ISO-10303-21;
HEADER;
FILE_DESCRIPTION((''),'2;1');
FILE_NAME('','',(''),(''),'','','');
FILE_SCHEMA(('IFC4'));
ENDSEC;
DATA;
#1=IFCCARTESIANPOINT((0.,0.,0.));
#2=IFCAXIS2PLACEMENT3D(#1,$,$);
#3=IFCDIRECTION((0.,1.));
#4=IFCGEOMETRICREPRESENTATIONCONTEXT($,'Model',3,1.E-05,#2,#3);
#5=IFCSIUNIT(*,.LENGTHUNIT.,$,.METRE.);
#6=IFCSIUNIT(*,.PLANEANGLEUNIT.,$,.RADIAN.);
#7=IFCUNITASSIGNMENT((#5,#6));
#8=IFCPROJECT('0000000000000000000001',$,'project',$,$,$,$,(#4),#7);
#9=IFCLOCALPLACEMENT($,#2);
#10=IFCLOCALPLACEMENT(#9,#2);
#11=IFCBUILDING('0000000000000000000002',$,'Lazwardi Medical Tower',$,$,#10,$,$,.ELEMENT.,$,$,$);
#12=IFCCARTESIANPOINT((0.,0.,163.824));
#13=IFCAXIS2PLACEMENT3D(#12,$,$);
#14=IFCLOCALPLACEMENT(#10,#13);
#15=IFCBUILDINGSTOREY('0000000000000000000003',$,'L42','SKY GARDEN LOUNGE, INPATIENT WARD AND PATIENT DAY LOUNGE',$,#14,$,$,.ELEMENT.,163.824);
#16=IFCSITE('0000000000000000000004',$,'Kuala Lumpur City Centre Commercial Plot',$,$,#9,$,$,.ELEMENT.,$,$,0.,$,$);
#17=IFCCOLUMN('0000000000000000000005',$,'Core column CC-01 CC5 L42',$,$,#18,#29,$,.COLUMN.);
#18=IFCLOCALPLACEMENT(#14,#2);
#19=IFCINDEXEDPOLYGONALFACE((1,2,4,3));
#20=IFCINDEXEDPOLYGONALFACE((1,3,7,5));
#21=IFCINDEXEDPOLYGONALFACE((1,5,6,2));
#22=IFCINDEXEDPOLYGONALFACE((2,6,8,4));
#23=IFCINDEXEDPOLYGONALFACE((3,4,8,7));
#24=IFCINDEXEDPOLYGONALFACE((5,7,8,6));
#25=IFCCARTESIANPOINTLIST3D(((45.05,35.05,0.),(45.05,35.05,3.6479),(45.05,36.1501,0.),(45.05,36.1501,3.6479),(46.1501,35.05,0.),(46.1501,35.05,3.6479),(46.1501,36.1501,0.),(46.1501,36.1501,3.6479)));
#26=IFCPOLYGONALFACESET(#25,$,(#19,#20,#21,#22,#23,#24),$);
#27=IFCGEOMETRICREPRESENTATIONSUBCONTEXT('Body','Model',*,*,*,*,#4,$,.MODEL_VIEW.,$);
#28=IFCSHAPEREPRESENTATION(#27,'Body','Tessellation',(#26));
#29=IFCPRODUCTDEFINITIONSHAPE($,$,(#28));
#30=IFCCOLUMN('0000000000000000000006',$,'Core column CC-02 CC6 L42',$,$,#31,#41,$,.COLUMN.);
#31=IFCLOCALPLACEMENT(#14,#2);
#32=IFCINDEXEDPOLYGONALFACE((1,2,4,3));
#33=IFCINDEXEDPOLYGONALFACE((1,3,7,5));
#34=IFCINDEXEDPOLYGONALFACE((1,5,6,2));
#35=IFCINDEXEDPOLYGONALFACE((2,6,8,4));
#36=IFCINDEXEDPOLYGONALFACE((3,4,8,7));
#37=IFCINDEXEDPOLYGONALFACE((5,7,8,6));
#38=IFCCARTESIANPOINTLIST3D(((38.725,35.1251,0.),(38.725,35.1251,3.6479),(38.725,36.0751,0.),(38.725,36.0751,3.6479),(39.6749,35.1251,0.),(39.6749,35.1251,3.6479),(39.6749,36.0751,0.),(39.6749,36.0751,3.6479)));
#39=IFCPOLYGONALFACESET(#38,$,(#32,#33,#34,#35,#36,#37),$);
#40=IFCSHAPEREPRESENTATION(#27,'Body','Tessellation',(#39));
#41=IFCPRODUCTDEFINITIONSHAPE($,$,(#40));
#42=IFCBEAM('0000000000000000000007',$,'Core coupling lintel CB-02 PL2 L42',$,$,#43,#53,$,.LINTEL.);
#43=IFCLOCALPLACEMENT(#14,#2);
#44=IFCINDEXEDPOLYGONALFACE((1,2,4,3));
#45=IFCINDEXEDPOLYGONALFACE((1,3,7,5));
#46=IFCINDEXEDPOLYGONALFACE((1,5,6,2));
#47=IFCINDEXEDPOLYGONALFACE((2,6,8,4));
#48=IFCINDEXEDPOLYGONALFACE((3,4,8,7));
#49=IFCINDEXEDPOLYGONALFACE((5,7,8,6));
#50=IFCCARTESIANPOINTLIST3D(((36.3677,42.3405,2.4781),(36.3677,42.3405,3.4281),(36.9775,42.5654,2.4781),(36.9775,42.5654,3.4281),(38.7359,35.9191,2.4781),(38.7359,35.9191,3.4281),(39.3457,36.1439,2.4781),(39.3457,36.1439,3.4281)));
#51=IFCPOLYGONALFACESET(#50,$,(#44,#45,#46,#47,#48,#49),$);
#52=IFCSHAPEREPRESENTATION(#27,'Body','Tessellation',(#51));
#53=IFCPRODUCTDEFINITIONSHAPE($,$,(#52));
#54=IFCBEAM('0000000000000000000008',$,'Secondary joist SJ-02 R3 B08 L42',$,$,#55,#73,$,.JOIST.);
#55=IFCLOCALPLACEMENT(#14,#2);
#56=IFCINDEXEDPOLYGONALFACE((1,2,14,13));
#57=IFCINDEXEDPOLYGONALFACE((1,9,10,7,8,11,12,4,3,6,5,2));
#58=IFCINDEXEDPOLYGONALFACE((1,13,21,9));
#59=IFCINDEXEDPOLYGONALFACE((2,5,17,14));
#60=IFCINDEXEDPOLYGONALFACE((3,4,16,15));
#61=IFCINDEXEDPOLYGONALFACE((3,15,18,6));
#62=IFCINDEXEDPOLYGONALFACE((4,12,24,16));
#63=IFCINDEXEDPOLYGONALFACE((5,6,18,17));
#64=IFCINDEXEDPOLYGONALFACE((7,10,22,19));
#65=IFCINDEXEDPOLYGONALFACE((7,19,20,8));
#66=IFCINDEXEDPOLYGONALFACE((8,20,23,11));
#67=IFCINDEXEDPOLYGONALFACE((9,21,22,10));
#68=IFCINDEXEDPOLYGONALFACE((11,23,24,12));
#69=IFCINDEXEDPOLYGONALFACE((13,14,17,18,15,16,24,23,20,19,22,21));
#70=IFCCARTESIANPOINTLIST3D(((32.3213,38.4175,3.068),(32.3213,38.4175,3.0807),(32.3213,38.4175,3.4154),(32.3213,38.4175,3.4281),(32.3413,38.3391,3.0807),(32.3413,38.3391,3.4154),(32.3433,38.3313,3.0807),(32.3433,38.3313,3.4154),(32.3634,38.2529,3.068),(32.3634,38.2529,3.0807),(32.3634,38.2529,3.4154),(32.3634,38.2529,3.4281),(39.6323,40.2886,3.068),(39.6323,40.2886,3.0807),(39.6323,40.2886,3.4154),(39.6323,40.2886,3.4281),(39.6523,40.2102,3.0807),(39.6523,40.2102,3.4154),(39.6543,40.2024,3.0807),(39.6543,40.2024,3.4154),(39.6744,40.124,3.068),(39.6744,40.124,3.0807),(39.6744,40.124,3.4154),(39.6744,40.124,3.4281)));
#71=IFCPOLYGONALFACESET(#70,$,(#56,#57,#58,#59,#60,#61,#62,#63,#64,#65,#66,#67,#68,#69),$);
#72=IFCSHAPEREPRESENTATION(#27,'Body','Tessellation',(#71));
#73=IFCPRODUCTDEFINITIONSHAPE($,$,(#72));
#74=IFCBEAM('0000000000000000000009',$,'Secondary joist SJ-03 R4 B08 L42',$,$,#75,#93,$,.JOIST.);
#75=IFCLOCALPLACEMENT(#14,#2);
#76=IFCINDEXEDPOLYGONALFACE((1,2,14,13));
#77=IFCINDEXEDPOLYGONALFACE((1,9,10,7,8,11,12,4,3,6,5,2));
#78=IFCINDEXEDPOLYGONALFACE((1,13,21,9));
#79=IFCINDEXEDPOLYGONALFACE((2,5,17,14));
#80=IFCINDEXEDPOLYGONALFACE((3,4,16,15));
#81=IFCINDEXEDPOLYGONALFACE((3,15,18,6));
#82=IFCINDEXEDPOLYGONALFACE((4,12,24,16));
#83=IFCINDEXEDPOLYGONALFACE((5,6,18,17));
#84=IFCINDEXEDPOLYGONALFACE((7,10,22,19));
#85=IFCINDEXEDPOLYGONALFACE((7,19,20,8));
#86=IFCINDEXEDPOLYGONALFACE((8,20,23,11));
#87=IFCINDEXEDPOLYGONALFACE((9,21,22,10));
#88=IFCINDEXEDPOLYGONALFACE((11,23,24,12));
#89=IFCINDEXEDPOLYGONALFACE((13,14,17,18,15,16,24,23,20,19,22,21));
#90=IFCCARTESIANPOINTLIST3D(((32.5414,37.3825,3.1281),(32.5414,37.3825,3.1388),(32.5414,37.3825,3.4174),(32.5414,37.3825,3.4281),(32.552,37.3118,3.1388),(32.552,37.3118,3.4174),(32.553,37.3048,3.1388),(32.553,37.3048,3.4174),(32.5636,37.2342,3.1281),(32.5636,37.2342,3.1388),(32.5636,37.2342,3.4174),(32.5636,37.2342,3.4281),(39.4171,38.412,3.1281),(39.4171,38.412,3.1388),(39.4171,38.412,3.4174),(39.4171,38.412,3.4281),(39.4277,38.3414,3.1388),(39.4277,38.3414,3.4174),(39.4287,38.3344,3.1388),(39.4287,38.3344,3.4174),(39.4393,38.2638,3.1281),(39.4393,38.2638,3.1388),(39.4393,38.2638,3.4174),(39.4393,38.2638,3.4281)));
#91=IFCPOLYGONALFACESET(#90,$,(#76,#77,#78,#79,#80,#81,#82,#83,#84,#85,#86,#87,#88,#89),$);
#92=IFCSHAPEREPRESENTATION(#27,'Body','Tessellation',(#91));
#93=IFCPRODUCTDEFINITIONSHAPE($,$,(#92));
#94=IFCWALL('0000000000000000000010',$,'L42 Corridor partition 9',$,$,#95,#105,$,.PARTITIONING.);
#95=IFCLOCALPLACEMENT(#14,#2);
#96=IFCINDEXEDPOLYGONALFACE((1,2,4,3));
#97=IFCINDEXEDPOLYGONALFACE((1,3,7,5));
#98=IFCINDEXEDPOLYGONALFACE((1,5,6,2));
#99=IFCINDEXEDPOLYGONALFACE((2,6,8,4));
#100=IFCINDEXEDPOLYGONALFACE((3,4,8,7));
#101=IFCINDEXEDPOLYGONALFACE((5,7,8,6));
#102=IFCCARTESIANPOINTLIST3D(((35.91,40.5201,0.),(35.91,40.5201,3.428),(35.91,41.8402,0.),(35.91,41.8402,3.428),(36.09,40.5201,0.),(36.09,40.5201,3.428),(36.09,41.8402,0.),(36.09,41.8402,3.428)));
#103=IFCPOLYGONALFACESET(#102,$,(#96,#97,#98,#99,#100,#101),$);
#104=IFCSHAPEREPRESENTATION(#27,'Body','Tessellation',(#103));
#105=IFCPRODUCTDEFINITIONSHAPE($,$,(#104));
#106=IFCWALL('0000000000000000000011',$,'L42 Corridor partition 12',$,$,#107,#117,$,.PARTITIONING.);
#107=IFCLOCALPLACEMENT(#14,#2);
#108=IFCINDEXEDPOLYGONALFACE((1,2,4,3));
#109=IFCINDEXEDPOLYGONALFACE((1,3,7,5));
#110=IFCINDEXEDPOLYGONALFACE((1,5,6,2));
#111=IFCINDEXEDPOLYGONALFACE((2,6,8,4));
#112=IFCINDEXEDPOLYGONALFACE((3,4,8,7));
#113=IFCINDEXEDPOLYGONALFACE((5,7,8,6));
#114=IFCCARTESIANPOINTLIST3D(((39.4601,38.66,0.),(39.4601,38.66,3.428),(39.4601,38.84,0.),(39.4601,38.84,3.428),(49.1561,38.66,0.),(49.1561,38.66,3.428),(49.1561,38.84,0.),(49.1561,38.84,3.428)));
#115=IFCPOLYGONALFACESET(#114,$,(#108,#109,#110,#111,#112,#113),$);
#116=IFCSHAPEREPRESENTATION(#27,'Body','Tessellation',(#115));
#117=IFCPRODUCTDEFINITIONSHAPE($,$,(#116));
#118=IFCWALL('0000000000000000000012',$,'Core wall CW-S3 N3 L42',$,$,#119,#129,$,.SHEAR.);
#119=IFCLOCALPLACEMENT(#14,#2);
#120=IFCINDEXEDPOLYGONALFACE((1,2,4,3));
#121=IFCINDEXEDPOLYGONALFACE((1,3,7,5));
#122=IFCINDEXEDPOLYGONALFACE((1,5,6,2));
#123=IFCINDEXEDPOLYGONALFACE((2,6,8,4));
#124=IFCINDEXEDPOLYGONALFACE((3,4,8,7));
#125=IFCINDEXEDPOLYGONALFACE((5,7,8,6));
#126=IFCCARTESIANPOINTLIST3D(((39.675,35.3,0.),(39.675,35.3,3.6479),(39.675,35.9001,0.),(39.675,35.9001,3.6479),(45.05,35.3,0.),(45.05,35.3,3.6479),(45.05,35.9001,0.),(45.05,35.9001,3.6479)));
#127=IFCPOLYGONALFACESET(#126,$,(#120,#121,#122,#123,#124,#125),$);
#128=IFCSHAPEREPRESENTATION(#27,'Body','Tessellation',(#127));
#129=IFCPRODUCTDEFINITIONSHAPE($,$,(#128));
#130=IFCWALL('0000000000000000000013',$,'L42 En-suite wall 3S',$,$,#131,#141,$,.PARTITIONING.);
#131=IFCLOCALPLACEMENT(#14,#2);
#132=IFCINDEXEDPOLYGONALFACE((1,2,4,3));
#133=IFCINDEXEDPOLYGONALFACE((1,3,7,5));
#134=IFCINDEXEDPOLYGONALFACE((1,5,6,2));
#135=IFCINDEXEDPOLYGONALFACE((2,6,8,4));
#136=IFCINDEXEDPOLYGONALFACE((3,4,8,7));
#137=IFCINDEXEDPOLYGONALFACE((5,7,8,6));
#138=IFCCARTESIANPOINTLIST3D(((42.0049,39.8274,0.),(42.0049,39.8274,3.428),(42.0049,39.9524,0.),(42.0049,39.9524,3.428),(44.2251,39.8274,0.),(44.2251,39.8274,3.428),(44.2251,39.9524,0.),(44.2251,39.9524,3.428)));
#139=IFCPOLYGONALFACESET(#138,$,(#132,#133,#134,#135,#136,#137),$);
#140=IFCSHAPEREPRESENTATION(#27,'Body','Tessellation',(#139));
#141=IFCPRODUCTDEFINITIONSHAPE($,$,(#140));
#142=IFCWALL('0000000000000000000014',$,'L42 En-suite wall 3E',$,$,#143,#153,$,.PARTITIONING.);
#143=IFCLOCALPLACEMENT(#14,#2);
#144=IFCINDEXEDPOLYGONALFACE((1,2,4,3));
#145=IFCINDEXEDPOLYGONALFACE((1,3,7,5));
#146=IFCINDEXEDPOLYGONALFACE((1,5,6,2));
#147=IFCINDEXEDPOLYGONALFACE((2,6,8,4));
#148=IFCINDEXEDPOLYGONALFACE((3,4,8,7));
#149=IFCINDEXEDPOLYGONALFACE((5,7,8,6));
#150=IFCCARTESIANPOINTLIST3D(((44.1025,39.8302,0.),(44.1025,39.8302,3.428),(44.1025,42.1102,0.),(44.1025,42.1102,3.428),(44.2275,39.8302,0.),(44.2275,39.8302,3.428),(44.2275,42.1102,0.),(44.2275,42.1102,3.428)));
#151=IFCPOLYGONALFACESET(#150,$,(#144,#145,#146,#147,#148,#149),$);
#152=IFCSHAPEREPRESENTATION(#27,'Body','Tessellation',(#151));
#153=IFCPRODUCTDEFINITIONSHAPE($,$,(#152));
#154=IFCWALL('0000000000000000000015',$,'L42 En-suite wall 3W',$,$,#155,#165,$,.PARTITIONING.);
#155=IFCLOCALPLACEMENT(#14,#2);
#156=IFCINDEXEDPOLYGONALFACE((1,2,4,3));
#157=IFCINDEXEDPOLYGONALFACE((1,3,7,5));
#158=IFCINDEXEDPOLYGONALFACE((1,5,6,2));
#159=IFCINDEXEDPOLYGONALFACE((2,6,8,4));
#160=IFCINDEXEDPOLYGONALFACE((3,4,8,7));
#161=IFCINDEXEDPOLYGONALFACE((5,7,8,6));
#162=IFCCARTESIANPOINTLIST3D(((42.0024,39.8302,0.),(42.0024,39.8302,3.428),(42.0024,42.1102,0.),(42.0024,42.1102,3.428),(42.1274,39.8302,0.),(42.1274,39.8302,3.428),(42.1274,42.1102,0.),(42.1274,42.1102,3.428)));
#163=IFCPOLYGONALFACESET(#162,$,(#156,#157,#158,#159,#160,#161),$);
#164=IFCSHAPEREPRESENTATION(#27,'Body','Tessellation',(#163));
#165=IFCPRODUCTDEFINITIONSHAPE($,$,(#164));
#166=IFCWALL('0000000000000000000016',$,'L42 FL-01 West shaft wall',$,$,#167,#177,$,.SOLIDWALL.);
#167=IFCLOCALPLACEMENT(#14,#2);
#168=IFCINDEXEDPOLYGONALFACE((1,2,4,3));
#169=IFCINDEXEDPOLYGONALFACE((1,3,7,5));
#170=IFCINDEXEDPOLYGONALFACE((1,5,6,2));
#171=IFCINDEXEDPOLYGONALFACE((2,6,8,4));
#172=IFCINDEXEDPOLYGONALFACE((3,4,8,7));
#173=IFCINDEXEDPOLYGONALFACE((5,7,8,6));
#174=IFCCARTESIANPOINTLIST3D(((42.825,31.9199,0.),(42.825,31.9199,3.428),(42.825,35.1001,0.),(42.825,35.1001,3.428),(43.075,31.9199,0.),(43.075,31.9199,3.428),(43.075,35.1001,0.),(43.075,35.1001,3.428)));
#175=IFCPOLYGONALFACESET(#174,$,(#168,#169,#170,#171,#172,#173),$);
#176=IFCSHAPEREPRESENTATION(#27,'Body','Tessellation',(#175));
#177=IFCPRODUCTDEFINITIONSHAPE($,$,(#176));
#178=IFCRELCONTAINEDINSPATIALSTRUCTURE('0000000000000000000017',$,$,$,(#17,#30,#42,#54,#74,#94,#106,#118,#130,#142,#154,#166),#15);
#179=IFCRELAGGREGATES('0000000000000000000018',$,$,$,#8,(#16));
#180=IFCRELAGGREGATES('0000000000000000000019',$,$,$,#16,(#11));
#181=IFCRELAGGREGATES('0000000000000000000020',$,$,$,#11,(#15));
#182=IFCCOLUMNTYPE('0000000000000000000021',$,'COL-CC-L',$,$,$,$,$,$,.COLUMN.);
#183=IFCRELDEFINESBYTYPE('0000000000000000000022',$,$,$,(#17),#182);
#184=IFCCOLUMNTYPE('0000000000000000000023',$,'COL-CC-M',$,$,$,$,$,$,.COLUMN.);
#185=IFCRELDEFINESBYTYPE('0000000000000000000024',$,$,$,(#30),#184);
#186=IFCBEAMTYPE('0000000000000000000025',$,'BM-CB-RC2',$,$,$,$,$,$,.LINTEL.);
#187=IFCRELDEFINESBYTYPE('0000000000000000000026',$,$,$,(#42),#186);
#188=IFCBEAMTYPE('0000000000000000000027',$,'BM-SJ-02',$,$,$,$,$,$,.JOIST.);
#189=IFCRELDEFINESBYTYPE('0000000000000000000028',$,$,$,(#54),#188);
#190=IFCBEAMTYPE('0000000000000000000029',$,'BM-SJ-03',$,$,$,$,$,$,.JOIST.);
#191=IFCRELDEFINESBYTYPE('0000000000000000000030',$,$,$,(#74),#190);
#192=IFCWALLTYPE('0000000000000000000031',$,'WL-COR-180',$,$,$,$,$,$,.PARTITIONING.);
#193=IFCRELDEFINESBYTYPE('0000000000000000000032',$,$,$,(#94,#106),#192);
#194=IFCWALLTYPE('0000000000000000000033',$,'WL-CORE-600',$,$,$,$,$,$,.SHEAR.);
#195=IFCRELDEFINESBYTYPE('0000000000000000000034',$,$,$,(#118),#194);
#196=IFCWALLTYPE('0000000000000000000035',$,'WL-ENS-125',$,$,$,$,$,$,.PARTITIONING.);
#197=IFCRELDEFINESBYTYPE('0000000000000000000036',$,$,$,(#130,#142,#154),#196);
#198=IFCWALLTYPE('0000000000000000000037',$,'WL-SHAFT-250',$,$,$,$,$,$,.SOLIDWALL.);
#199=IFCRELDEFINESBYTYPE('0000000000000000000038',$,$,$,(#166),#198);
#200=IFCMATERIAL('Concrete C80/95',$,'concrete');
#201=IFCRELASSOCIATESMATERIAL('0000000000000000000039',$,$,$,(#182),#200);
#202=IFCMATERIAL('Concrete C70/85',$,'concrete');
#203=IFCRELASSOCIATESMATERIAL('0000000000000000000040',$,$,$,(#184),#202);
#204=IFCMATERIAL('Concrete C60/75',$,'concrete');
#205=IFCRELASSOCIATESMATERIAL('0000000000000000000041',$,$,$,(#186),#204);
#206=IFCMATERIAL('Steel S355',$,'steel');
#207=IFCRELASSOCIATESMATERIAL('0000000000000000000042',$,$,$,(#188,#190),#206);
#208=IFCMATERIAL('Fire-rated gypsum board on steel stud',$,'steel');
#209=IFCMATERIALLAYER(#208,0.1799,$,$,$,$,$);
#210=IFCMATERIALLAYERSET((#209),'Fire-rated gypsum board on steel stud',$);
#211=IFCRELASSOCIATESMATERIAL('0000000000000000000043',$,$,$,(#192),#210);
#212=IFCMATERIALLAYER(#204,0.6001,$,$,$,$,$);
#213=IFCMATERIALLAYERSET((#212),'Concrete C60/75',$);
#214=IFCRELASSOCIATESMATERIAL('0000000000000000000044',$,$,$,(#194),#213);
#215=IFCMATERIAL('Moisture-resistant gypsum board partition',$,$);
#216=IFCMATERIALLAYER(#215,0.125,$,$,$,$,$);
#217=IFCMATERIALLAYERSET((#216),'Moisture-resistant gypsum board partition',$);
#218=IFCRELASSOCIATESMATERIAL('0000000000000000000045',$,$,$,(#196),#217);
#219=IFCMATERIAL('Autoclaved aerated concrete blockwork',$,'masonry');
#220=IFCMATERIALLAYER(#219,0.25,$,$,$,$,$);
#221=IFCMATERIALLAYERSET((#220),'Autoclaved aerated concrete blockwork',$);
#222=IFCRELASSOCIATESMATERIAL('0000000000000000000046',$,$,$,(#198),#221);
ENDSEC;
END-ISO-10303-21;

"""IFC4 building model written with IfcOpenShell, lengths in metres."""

from ifc_helpers import new_model, si_unit, direction, frame, frame_2d, origin, origin_2d, place, context, subcontext, project, spatial, rectangle, i_section, extrude, material, layer, layer_set, material_profile, profile_set, type_object, element, save


model = new_model("IFC4")

# Units and contexts
model_context = context("Model", 3, precision=1e-05, world=origin(), true_north=direction((0.0, 1.0)))
body_context = subcontext(model_context, "Body", "Model", "MODEL_VIEW")
ifc_project = project(units=[si_unit("LENGTHUNIT", "METRE"), si_unit("PLANEANGLEUNIT", "RADIAN")], contexts=[model_context])

# Site, building, storey
site_placement = place(None, origin())
site = spatial("IfcSite", under=ifc_project, at=site_placement, Name="Kuala Lumpur City Centre Commercial Plot", CompositionType="ELEMENT", RefElevation=0.0)
building_placement = place(site_placement, origin())
building = spatial("IfcBuilding", under=site, at=building_placement, Name="Lazwardi Medical Tower", CompositionType="ELEMENT")
storey_placement = place(building_placement, frame((0.0, 0.0, 163.824)))
storey = spatial("IfcBuildingStorey", under=building, at=storey_placement, Name="L42", Description="SKY GARDEN LOUNGE, INPATIENT WARD AND PATIENT DAY LOUNGE", CompositionType="ELEMENT", Elevation=163.824)

# Columns
ifc_material_1 = material(Name="Concrete C80/95", Category="concrete")
ifc_material_profile_1 = material_profile(ifc_material_1, rectangle(XDim=1.1001, YDim=1.1001, at=origin_2d()), Name="RC 1100x1100")
ifc_profile_set_1 = profile_set([ifc_material_profile_1], Name="Concrete C80/95")
column_type_1 = type_object("IfcColumnType", Name="COL-CC-L", PredefinedType="COLUMN", material=ifc_profile_set_1)
column_1_placement = place(storey_placement, frame((45.6001, 35.6001, 0.0), z_axis=(0.0, 0.0, 1.0), x_axis=(1.0, 0.0, 0.0)))
element("IfcColumn", 1, at=column_1_placement, inside=storey, type_object=column_type_1, Name="Core column CC-01 CC5 L42", PredefinedType="COLUMN", context=body_context, shape_type="SweptSolid", body=[
    extrude(rectangle(XDim=1.1001, YDim=1.1001, at=origin_2d()), origin(), (0.0, 0.0, 1.0), 3.6479),
])
ifc_material_2 = material(Name="Concrete C70/85", Category="concrete")
ifc_material_profile_2 = material_profile(ifc_material_2, rectangle(XDim=0.95, YDim=0.95, at=origin_2d()), Name="RC 950x950")
ifc_profile_set_2 = profile_set([ifc_material_profile_2], Name="Concrete C70/85")
column_type_2 = type_object("IfcColumnType", Name="COL-CC-M", PredefinedType="COLUMN", material=ifc_profile_set_2)
column_2_placement = place(storey_placement, frame((39.2, 35.6001, 0.0), z_axis=(0.0, 0.0, 1.0), x_axis=(1.0, 0.0, 0.0)))
element("IfcColumn", 2, at=column_2_placement, inside=storey, type_object=column_type_2, Name="Core column CC-02 CC6 L42", PredefinedType="COLUMN", context=body_context, shape_type="SweptSolid", body=[
    extrude(rectangle(XDim=0.95, YDim=0.95, at=origin_2d()), origin(), (0.0, 0.0, 1.0), 3.6479),
])

# Beams
ifc_material_3 = material(Name="Concrete C60/75", Category="concrete")
ifc_material_profile_3 = material_profile(ifc_material_3, rectangle(XDim=0.6499, YDim=0.95, at=origin_2d()), Name="RC 650x950")
ifc_profile_set_3 = profile_set([ifc_material_profile_3], Name="Concrete C60/75")
beam_type_1 = type_object("IfcBeamType", Name="BM-CB-RC2", PredefinedType="LINTEL", material=ifc_profile_set_3)
beam_1_placement = place(storey_placement, frame((39.0408, 36.0315, 2.9531), z_axis=(-0.346013, 0.93823, 0.0), x_axis=(-0.93823, -0.346013, 0.0)))
element("IfcBeam", 3, at=beam_1_placement, inside=storey, type_object=beam_type_1, Name="Core coupling lintel CB-02 PL2 L42", PredefinedType="LINTEL", context=body_context, shape_type="SweptSolid", body=[
    extrude(rectangle(XDim=0.6499, YDim=0.95, at=origin_2d()), origin(), (0.0, 0.0, 1.0), 6.8442),
])
ifc_material_4 = material(Name="Steel S355", Category="steel")
ifc_material_profile_4 = material_profile(ifc_material_4, i_section(OverallWidth=0.1699, OverallDepth=0.3601, WebThickness=0.0081, FlangeThickness=0.0127, at=origin_2d()), Name="IPE 360")
ifc_profile_set_4 = profile_set([ifc_material_profile_4], Name="Steel S355")
beam_type_2 = type_object("IfcBeamType", Name="BM-SJ-02", PredefinedType="JOIST", material=ifc_profile_set_4)
beam_2_placement = place(storey_placement, frame((39.6533, 40.2063, 3.248), z_axis=(-0.968776, -0.247936, 0.0), x_axis=(0.247936, -0.968776, 0.0)))
element("IfcBeam", 4, at=beam_2_placement, inside=storey, type_object=beam_type_2, Name="Secondary joist SJ-02 R3 B08 L42", PredefinedType="JOIST", context=body_context, shape_type="SweptSolid", body=[
    extrude(i_section(OverallWidth=0.1699, OverallDepth=0.3601, WebThickness=0.0081, FlangeThickness=0.0127, at=origin_2d()), origin(), (0.0, 0.0, 1.0), 7.5466),
])
ifc_material_profile_5 = material_profile(ifc_material_4, i_section(OverallWidth=0.1499, OverallDepth=0.3, WebThickness=0.0071, FlangeThickness=0.0107, at=origin_2d()), Name="IPE 300")
ifc_profile_set_5 = profile_set([ifc_material_profile_5], Name="Steel S355")
beam_type_3 = type_object("IfcBeamType", Name="BM-SJ-03", PredefinedType="JOIST", material=ifc_profile_set_5)
beam_3_placement = place(storey_placement, frame((39.4282, 38.3379, 3.2781), z_axis=(-0.988975, -0.148085, 0.0), x_axis=(0.148085, -0.988975, 0.0)))
element("IfcBeam", 5, at=beam_3_placement, inside=storey, type_object=beam_type_3, Name="Secondary joist SJ-03 R4 B08 L42", PredefinedType="JOIST", context=body_context, shape_type="SweptSolid", body=[
    extrude(i_section(OverallWidth=0.1499, OverallDepth=0.3, WebThickness=0.0071, FlangeThickness=0.0107, at=origin_2d()), origin(), (0.0, 0.0, 1.0), 6.9524),
])

# Walls
ifc_material_5 = material(Name="Fire-rated gypsum board on steel stud", Category="steel")
ifc_layer_1 = layer(ifc_material_5, 0.1799)
ifc_layer_set_1 = layer_set([ifc_layer_1], Name="Fire-rated gypsum board on steel stud")
wall_type_1 = type_object("IfcWallType", Name="WL-COR-180", PredefinedType="PARTITIONING", material=ifc_layer_set_1)
wall_1_placement = place(storey_placement, frame((36.0, 40.52, 0.0), z_axis=(0.0, 0.0, 1.0), x_axis=(0.0, 1.0, 0.0)))
element("IfcWall", 6, at=wall_1_placement, inside=storey, type_object=wall_type_1, Name="L42 Corridor partition 9", PredefinedType="PARTITIONING", context=body_context, shape_type="SweptSolid", body=[
    extrude(rectangle(XDim=1.3201, YDim=0.1799, at=frame_2d((0.6602, 0.0))), origin(), (0.0, 0.0, 1.0), 3.428),
])
wall_2_placement = place(storey_placement, frame((39.46, 38.75, 0.0), z_axis=(0.0, 0.0, 1.0), x_axis=(1.0, 0.0, 0.0)))
element("IfcWall", 7, at=wall_2_placement, inside=storey, type_object=wall_type_1, Name="L42 Corridor partition 12", PredefinedType="PARTITIONING", context=body_context, shape_type="SweptSolid", body=[
    extrude(rectangle(XDim=9.696, YDim=0.1799, at=frame_2d((4.8481, 0.0))), origin(), (0.0, 0.0, 1.0), 3.428),
])
ifc_layer_2 = layer(ifc_material_3, 0.6001)
ifc_layer_set_2 = layer_set([ifc_layer_2], Name="Concrete C60/75")
wall_type_2 = type_object("IfcWallType", Name="WL-CORE-600", PredefinedType="SHEAR", material=ifc_layer_set_2)
wall_3_placement = place(storey_placement, frame((39.675, 35.6001, 0.0), z_axis=(0.0, 0.0, 1.0), x_axis=(1.0, 0.0, 0.0)))
element("IfcWall", 8, at=wall_3_placement, inside=storey, type_object=wall_type_2, Name="Core wall CW-S3 N3 L42", PredefinedType="SHEAR", context=body_context, shape_type="SweptSolid", body=[
    extrude(rectangle(XDim=5.375, YDim=0.6001, at=frame_2d((2.6875, 0.0))), origin(), (0.0, 0.0, 1.0), 3.6479),
])
ifc_material_6 = material(Name="Moisture-resistant gypsum board partition")
ifc_layer_3 = layer(ifc_material_6, 0.125)
ifc_layer_set_3 = layer_set([ifc_layer_3], Name="Moisture-resistant gypsum board partition")
wall_type_3 = type_object("IfcWallType", Name="WL-ENS-125", PredefinedType="PARTITIONING", material=ifc_layer_set_3)
wall_4_placement = place(storey_placement, frame((42.0049, 39.8899, 0.0), z_axis=(0.0, 0.0, 1.0), x_axis=(1.0, 0.0, 0.0)))
element("IfcWall", 9, at=wall_4_placement, inside=storey, type_object=wall_type_3, Name="L42 En-suite wall 3S", PredefinedType="PARTITIONING", context=body_context, shape_type="SweptSolid", body=[
    extrude(rectangle(XDim=2.2202, YDim=0.125, at=frame_2d((1.1101, 0.0))), origin(), (0.0, 0.0, 1.0), 3.428),
])
for number, where, z_axis, x_axis, name in (
    (10, (44.165, 39.8301, 0.0), (0.0, 0.0, 1.0), (0.0, 1.0, 0.0), "L42 En-suite wall 3E"),
    (11, (42.0649, 39.8301, 0.0), (0.0, 0.0, 1.0), (0.0, 1.0, 0.0), "L42 En-suite wall 3W"),
):
    element("IfcWall", number, at=place(storey_placement, frame(where, z_axis=z_axis, x_axis=x_axis)), inside=storey, type_object=wall_type_3, Name=name, PredefinedType="PARTITIONING", context=body_context, shape_type="SweptSolid", body=[
        extrude(rectangle(XDim=2.28, YDim=0.125, at=frame_2d((1.1401, 0.0))), origin(), (0.0, 0.0, 1.0), 3.428),
    ])
ifc_material_7 = material(Name="Autoclaved aerated concrete blockwork", Category="masonry")
ifc_layer_4 = layer(ifc_material_7, 0.25)
ifc_layer_set_4 = layer_set([ifc_layer_4], Name="Autoclaved aerated concrete blockwork")
wall_type_4 = type_object("IfcWallType", Name="WL-SHAFT-250", PredefinedType="SOLIDWALL", material=ifc_layer_set_4)
wall_5_placement = place(storey_placement, frame((42.95, 31.9199, 0.0), z_axis=(0.0, 0.0, 1.0), x_axis=(0.0, 1.0, 0.0)))
element("IfcWall", 12, at=wall_5_placement, inside=storey, type_object=wall_type_4, Name="L42 FL-01 West shaft wall", PredefinedType="SOLIDWALL", context=body_context, shape_type="SweptSolid", body=[
    extrude(rectangle(XDim=3.1802, YDim=0.25, at=frame_2d((1.5901, 0.0))), origin(), (0.0, 0.0, 1.0), 3.428),
])

save(model, "model.ifc")
